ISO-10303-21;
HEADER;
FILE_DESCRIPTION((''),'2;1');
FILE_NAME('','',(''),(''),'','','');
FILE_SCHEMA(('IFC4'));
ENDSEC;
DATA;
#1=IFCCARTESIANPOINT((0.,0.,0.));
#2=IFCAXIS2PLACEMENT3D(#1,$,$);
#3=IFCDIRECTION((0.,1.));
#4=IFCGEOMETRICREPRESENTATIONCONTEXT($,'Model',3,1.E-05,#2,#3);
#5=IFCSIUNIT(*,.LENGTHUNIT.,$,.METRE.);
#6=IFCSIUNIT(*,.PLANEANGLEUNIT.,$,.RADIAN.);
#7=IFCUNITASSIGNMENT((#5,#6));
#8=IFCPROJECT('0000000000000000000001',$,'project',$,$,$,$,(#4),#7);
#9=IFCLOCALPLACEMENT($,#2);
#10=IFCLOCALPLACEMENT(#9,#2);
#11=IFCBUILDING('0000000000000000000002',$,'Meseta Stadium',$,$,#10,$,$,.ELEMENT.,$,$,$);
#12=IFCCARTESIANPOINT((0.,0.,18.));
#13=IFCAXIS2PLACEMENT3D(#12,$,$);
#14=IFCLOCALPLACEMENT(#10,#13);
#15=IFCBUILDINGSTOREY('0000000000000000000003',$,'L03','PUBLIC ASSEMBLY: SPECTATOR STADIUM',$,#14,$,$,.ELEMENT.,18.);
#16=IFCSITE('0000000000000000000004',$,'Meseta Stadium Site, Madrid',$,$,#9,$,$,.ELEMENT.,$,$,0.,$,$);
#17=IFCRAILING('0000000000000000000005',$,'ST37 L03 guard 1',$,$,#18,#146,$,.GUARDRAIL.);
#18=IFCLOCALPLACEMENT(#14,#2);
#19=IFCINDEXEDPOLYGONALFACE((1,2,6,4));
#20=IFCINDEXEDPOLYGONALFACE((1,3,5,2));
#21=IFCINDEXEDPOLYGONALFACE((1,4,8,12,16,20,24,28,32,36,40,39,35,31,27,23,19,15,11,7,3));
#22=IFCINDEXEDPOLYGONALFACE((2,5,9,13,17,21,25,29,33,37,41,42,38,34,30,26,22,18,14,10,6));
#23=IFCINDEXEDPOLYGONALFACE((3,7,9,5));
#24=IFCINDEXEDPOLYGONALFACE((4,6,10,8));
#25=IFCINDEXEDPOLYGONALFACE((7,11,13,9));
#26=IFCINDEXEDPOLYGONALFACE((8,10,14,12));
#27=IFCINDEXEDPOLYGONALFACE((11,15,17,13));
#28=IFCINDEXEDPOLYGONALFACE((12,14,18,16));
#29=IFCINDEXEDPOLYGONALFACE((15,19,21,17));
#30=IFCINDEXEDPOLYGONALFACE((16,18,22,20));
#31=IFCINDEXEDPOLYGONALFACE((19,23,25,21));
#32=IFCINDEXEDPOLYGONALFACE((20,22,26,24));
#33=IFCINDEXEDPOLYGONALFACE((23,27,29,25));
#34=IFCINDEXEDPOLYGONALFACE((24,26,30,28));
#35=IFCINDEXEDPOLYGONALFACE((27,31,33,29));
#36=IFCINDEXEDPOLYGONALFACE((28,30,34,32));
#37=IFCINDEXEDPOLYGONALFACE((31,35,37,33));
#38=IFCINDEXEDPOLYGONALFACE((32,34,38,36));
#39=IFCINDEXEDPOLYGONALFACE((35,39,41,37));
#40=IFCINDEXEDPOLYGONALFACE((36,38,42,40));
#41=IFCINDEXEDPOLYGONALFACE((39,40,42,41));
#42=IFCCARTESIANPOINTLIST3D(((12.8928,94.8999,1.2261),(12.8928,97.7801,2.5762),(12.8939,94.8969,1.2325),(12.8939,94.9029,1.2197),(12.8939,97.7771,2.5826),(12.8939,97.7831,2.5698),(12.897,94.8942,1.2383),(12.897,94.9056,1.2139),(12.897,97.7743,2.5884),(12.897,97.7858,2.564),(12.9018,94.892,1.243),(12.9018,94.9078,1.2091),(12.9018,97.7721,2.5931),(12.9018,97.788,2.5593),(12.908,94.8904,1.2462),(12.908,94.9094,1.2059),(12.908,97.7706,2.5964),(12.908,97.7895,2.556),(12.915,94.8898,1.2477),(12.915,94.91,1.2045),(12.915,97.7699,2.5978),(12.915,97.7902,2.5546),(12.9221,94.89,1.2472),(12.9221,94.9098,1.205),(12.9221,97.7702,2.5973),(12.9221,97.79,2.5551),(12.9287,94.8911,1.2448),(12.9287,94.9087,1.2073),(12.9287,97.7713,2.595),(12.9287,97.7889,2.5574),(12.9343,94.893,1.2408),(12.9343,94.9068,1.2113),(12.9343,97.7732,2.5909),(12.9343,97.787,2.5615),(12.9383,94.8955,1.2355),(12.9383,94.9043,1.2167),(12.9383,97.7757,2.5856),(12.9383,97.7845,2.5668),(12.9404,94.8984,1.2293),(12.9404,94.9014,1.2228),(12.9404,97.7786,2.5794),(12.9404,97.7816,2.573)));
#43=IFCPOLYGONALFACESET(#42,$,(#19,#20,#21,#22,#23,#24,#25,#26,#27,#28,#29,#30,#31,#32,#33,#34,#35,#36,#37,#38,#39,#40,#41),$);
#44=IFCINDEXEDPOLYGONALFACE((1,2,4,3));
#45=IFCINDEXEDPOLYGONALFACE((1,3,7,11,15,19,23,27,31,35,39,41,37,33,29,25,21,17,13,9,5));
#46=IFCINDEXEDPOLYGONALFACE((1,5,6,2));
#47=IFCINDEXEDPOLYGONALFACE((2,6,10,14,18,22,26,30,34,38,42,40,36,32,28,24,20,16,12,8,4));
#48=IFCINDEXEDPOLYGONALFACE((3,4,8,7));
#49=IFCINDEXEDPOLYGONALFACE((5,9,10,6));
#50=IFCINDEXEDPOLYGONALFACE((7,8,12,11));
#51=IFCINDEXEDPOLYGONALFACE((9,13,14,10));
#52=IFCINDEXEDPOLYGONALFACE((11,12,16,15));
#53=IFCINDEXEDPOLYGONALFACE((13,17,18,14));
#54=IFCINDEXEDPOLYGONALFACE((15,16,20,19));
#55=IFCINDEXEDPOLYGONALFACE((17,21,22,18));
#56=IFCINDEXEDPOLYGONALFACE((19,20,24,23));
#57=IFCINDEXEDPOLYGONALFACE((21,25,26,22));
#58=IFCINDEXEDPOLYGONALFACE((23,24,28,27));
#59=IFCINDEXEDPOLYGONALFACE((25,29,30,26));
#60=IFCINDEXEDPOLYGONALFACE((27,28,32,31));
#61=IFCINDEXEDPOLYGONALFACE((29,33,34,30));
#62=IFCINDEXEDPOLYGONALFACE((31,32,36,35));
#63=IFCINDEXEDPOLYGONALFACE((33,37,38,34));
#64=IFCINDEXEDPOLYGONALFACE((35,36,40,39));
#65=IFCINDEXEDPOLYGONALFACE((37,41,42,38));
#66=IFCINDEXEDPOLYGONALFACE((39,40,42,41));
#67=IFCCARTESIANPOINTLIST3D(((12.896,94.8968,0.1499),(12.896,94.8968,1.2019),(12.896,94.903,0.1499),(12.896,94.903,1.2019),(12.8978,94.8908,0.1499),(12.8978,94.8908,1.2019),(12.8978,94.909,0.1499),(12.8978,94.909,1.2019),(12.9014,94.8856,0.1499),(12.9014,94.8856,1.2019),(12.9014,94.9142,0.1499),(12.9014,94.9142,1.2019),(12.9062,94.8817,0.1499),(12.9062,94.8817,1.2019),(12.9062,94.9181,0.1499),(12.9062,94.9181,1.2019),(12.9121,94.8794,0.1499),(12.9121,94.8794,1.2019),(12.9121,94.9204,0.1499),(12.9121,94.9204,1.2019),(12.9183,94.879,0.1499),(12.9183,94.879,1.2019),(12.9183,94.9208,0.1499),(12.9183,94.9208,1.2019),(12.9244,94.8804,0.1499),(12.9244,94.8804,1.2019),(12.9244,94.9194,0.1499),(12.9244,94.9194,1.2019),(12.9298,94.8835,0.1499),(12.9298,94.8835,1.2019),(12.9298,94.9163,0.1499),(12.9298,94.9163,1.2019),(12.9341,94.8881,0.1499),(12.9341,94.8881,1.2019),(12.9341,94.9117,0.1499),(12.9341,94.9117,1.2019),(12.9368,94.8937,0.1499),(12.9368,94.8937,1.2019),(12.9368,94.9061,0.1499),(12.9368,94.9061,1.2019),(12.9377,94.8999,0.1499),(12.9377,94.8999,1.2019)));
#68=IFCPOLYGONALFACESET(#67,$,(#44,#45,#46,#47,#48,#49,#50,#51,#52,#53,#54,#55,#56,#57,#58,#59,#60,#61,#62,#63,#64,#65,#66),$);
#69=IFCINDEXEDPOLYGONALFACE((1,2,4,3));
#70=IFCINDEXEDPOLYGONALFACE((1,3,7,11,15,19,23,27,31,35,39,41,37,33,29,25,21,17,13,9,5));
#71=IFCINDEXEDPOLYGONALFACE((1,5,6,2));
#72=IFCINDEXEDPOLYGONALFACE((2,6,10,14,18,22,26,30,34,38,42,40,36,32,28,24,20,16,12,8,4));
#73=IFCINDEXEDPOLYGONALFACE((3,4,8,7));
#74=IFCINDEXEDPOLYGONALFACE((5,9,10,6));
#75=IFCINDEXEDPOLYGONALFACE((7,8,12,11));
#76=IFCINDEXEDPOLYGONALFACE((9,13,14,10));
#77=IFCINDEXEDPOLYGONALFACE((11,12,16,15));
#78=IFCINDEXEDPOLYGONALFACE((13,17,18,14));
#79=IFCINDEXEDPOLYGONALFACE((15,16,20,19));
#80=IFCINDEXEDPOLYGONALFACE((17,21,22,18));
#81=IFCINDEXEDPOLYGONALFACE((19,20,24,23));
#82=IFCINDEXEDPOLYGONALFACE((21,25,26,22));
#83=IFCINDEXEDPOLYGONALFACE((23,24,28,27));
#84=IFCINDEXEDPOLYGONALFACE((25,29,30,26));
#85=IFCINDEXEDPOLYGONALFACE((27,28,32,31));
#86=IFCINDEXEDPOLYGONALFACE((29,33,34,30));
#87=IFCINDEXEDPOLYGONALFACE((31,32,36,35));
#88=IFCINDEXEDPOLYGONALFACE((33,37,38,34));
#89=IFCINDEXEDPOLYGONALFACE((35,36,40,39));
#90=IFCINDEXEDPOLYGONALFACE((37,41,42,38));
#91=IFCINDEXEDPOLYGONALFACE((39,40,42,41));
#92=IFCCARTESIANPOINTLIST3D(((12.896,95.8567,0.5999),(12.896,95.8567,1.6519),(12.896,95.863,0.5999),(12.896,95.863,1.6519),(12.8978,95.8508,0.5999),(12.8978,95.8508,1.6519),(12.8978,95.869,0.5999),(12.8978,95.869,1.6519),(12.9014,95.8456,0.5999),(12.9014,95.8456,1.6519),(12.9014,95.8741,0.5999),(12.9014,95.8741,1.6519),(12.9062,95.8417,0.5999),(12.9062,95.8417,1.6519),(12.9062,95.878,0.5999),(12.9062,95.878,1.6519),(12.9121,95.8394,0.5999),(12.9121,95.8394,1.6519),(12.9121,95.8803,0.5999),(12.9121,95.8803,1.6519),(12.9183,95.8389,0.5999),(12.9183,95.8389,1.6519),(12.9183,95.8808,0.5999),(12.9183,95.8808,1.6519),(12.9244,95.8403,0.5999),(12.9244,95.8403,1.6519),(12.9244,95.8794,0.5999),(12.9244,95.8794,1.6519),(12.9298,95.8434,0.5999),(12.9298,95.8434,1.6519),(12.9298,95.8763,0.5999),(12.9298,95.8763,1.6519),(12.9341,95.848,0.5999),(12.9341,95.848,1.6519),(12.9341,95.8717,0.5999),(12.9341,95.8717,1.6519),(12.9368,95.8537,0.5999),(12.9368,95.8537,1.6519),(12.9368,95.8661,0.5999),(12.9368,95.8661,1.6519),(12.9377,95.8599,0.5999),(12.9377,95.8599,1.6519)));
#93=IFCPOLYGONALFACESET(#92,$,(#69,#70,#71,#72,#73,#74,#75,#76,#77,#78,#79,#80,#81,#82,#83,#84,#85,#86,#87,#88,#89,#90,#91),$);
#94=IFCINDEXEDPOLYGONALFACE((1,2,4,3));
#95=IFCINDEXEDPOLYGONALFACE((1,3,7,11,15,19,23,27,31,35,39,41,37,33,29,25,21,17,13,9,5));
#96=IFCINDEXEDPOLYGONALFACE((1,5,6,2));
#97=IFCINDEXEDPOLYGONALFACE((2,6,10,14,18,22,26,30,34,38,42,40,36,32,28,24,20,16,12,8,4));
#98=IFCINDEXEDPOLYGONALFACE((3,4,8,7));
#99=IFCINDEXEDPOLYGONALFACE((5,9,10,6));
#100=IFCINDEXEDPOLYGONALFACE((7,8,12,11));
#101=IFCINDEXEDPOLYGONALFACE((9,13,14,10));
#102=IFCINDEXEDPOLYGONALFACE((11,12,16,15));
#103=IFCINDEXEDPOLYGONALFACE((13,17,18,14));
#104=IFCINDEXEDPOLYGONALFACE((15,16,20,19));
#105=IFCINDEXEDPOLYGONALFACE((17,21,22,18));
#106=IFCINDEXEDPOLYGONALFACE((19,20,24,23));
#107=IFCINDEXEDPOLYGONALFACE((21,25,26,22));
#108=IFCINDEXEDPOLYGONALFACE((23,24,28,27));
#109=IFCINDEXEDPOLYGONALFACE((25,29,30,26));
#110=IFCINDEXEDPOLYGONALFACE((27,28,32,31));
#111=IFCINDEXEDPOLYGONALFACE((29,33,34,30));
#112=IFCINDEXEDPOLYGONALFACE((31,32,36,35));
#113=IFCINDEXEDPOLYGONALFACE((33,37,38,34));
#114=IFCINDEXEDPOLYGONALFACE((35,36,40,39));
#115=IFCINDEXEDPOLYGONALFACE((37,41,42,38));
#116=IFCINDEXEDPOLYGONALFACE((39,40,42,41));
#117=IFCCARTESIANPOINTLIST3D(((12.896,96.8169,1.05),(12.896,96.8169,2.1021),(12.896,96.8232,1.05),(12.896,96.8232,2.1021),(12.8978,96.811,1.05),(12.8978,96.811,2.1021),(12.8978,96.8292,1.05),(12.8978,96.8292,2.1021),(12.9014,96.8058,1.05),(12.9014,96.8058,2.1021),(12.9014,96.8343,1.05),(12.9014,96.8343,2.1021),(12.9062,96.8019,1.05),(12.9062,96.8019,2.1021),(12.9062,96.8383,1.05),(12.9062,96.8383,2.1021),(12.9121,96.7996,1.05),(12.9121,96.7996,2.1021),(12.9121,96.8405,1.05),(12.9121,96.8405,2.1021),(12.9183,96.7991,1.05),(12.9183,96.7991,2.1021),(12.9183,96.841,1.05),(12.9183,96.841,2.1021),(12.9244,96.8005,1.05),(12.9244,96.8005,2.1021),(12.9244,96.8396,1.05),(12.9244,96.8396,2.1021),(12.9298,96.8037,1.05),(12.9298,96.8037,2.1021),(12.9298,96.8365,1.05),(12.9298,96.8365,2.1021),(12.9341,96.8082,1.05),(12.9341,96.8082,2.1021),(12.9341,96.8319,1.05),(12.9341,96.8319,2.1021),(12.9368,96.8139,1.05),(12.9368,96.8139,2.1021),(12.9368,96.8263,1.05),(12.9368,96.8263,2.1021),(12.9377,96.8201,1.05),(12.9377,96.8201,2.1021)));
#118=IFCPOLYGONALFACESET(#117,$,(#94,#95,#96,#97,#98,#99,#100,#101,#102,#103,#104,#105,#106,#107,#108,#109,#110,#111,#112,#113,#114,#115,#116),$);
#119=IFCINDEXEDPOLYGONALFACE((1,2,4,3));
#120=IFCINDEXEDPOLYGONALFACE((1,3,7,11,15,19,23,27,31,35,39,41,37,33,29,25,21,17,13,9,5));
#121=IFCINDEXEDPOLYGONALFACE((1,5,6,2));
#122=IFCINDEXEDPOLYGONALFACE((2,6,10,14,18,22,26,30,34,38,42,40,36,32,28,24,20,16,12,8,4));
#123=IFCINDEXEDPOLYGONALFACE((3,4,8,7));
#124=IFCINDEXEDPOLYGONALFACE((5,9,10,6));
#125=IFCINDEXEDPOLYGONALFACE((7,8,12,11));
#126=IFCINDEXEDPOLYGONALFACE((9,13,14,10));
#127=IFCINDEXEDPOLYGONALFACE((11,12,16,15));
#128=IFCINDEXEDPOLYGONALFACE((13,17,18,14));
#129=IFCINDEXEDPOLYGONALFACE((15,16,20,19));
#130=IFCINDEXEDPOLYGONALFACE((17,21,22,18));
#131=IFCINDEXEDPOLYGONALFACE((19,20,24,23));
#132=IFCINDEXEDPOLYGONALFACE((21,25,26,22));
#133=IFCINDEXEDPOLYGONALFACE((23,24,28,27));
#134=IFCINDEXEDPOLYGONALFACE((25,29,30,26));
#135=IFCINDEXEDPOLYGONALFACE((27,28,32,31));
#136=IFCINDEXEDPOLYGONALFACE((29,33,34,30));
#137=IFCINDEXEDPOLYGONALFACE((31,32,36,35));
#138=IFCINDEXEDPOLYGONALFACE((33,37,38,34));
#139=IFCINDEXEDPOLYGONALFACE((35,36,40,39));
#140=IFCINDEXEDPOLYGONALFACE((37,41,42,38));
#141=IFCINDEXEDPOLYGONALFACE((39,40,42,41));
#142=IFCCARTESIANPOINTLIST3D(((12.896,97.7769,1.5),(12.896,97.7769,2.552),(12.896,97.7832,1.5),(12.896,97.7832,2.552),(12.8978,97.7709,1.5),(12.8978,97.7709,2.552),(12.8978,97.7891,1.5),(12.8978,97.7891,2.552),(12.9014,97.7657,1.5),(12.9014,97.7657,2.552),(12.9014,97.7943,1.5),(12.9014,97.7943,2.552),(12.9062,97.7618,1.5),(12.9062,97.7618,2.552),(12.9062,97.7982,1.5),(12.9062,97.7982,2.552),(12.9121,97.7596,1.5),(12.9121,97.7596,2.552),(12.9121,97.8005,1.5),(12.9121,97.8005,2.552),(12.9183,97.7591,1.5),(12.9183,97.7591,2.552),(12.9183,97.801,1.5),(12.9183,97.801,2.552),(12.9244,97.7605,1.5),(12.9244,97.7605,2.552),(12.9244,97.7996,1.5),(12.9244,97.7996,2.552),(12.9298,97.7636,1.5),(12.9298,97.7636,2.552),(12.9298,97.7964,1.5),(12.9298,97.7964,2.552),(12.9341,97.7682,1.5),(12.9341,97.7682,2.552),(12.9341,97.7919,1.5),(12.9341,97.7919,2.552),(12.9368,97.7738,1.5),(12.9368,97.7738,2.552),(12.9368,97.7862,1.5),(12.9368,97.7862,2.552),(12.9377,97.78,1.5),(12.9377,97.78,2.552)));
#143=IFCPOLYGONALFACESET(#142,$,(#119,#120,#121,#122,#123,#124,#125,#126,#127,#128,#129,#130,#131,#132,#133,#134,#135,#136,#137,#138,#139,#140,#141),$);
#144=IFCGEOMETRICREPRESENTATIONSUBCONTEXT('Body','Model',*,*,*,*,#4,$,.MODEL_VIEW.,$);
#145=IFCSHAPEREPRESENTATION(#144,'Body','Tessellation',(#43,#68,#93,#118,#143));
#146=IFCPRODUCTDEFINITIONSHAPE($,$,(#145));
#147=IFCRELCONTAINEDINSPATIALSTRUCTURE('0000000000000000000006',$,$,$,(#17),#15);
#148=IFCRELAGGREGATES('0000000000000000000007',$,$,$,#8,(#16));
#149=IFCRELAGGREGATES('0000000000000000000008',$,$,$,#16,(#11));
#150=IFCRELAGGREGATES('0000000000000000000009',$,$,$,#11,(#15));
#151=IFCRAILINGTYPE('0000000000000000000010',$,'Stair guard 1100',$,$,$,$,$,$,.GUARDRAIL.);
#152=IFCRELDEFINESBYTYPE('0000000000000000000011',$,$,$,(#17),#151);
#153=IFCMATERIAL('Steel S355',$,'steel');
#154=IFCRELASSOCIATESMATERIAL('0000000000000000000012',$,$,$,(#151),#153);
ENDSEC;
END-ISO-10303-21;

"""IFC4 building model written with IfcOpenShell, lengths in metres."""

from ifc_helpers import new_model, si_unit, direction, frame, origin, origin_2d, place, context, subcontext, project, spatial, circle, extrude, material, type_object, element, save


model = new_model("IFC4")

# Units and contexts
model_context = context("Model", 3, precision=1e-05, world=origin(), true_north=direction((0.0, 1.0)))
body_context = subcontext(model_context, "Body", "Model", "MODEL_VIEW")
ifc_project = project(units=[si_unit("LENGTHUNIT", "METRE"), si_unit("PLANEANGLEUNIT", "RADIAN")], contexts=[model_context])

# Site, building, storey
site_placement = place(None, origin())
site = spatial("IfcSite", under=ifc_project, at=site_placement, Name="Meseta Stadium Site, Madrid", CompositionType="ELEMENT", RefElevation=0.0)
building_placement = place(site_placement, origin())
building = spatial("IfcBuilding", under=site, at=building_placement, Name="Meseta Stadium", CompositionType="ELEMENT")
storey_placement = place(building_placement, frame((0.0, 0.0, 18.0)))
storey = spatial("IfcBuildingStorey", under=building, at=storey_placement, Name="L03", Description="PUBLIC ASSEMBLY: SPECTATOR STADIUM", CompositionType="ELEMENT", Elevation=18.0)

# Railing
ifc_material_1 = material(Name="Steel S355", Category="steel")
railing_type_1 = type_object("IfcRailingType", Name="Stair guard 1100", PredefinedType="GUARDRAIL", material=ifc_material_1)
railing_1_placement = place(storey_placement, frame((12.9167, 94.8999, 0.1499)))
element("IfcRailing", 1, at=railing_1_placement, inside=storey, type_object=railing_type_1, Name="ST37 L03 guard 1", PredefinedType="GUARDRAIL", context=body_context, shape_type="SweptSolid", body=[
    extrude(circle(Radius=0.0239, at=origin_2d()), frame((0.0, 0.0, 1.0762), z_axis=(0.0, 0.905454, 0.424444), x_axis=(-1.0, 0.0, 0.0)), (0.0, 0.0, 1.0), 3.1809),
    extrude(circle(Radius=0.021, at=origin_2d()), origin(), (0.0, 0.0, 1.0), 1.052),
    extrude(circle(Radius=0.021, at=origin_2d()), frame((0.0, 0.96, 0.45)), (0.0, 0.0, 1.0), 1.052),
    extrude(circle(Radius=0.021, at=origin_2d()), frame((0.0, 1.9202, 0.9001)), (0.0, 0.0, 1.0), 1.052),
    extrude(circle(Radius=0.021, at=origin_2d()), frame((0.0, 2.8801, 1.3501)), (0.0, 0.0, 1.0), 1.052),
])

save(model, "model.ifc")
